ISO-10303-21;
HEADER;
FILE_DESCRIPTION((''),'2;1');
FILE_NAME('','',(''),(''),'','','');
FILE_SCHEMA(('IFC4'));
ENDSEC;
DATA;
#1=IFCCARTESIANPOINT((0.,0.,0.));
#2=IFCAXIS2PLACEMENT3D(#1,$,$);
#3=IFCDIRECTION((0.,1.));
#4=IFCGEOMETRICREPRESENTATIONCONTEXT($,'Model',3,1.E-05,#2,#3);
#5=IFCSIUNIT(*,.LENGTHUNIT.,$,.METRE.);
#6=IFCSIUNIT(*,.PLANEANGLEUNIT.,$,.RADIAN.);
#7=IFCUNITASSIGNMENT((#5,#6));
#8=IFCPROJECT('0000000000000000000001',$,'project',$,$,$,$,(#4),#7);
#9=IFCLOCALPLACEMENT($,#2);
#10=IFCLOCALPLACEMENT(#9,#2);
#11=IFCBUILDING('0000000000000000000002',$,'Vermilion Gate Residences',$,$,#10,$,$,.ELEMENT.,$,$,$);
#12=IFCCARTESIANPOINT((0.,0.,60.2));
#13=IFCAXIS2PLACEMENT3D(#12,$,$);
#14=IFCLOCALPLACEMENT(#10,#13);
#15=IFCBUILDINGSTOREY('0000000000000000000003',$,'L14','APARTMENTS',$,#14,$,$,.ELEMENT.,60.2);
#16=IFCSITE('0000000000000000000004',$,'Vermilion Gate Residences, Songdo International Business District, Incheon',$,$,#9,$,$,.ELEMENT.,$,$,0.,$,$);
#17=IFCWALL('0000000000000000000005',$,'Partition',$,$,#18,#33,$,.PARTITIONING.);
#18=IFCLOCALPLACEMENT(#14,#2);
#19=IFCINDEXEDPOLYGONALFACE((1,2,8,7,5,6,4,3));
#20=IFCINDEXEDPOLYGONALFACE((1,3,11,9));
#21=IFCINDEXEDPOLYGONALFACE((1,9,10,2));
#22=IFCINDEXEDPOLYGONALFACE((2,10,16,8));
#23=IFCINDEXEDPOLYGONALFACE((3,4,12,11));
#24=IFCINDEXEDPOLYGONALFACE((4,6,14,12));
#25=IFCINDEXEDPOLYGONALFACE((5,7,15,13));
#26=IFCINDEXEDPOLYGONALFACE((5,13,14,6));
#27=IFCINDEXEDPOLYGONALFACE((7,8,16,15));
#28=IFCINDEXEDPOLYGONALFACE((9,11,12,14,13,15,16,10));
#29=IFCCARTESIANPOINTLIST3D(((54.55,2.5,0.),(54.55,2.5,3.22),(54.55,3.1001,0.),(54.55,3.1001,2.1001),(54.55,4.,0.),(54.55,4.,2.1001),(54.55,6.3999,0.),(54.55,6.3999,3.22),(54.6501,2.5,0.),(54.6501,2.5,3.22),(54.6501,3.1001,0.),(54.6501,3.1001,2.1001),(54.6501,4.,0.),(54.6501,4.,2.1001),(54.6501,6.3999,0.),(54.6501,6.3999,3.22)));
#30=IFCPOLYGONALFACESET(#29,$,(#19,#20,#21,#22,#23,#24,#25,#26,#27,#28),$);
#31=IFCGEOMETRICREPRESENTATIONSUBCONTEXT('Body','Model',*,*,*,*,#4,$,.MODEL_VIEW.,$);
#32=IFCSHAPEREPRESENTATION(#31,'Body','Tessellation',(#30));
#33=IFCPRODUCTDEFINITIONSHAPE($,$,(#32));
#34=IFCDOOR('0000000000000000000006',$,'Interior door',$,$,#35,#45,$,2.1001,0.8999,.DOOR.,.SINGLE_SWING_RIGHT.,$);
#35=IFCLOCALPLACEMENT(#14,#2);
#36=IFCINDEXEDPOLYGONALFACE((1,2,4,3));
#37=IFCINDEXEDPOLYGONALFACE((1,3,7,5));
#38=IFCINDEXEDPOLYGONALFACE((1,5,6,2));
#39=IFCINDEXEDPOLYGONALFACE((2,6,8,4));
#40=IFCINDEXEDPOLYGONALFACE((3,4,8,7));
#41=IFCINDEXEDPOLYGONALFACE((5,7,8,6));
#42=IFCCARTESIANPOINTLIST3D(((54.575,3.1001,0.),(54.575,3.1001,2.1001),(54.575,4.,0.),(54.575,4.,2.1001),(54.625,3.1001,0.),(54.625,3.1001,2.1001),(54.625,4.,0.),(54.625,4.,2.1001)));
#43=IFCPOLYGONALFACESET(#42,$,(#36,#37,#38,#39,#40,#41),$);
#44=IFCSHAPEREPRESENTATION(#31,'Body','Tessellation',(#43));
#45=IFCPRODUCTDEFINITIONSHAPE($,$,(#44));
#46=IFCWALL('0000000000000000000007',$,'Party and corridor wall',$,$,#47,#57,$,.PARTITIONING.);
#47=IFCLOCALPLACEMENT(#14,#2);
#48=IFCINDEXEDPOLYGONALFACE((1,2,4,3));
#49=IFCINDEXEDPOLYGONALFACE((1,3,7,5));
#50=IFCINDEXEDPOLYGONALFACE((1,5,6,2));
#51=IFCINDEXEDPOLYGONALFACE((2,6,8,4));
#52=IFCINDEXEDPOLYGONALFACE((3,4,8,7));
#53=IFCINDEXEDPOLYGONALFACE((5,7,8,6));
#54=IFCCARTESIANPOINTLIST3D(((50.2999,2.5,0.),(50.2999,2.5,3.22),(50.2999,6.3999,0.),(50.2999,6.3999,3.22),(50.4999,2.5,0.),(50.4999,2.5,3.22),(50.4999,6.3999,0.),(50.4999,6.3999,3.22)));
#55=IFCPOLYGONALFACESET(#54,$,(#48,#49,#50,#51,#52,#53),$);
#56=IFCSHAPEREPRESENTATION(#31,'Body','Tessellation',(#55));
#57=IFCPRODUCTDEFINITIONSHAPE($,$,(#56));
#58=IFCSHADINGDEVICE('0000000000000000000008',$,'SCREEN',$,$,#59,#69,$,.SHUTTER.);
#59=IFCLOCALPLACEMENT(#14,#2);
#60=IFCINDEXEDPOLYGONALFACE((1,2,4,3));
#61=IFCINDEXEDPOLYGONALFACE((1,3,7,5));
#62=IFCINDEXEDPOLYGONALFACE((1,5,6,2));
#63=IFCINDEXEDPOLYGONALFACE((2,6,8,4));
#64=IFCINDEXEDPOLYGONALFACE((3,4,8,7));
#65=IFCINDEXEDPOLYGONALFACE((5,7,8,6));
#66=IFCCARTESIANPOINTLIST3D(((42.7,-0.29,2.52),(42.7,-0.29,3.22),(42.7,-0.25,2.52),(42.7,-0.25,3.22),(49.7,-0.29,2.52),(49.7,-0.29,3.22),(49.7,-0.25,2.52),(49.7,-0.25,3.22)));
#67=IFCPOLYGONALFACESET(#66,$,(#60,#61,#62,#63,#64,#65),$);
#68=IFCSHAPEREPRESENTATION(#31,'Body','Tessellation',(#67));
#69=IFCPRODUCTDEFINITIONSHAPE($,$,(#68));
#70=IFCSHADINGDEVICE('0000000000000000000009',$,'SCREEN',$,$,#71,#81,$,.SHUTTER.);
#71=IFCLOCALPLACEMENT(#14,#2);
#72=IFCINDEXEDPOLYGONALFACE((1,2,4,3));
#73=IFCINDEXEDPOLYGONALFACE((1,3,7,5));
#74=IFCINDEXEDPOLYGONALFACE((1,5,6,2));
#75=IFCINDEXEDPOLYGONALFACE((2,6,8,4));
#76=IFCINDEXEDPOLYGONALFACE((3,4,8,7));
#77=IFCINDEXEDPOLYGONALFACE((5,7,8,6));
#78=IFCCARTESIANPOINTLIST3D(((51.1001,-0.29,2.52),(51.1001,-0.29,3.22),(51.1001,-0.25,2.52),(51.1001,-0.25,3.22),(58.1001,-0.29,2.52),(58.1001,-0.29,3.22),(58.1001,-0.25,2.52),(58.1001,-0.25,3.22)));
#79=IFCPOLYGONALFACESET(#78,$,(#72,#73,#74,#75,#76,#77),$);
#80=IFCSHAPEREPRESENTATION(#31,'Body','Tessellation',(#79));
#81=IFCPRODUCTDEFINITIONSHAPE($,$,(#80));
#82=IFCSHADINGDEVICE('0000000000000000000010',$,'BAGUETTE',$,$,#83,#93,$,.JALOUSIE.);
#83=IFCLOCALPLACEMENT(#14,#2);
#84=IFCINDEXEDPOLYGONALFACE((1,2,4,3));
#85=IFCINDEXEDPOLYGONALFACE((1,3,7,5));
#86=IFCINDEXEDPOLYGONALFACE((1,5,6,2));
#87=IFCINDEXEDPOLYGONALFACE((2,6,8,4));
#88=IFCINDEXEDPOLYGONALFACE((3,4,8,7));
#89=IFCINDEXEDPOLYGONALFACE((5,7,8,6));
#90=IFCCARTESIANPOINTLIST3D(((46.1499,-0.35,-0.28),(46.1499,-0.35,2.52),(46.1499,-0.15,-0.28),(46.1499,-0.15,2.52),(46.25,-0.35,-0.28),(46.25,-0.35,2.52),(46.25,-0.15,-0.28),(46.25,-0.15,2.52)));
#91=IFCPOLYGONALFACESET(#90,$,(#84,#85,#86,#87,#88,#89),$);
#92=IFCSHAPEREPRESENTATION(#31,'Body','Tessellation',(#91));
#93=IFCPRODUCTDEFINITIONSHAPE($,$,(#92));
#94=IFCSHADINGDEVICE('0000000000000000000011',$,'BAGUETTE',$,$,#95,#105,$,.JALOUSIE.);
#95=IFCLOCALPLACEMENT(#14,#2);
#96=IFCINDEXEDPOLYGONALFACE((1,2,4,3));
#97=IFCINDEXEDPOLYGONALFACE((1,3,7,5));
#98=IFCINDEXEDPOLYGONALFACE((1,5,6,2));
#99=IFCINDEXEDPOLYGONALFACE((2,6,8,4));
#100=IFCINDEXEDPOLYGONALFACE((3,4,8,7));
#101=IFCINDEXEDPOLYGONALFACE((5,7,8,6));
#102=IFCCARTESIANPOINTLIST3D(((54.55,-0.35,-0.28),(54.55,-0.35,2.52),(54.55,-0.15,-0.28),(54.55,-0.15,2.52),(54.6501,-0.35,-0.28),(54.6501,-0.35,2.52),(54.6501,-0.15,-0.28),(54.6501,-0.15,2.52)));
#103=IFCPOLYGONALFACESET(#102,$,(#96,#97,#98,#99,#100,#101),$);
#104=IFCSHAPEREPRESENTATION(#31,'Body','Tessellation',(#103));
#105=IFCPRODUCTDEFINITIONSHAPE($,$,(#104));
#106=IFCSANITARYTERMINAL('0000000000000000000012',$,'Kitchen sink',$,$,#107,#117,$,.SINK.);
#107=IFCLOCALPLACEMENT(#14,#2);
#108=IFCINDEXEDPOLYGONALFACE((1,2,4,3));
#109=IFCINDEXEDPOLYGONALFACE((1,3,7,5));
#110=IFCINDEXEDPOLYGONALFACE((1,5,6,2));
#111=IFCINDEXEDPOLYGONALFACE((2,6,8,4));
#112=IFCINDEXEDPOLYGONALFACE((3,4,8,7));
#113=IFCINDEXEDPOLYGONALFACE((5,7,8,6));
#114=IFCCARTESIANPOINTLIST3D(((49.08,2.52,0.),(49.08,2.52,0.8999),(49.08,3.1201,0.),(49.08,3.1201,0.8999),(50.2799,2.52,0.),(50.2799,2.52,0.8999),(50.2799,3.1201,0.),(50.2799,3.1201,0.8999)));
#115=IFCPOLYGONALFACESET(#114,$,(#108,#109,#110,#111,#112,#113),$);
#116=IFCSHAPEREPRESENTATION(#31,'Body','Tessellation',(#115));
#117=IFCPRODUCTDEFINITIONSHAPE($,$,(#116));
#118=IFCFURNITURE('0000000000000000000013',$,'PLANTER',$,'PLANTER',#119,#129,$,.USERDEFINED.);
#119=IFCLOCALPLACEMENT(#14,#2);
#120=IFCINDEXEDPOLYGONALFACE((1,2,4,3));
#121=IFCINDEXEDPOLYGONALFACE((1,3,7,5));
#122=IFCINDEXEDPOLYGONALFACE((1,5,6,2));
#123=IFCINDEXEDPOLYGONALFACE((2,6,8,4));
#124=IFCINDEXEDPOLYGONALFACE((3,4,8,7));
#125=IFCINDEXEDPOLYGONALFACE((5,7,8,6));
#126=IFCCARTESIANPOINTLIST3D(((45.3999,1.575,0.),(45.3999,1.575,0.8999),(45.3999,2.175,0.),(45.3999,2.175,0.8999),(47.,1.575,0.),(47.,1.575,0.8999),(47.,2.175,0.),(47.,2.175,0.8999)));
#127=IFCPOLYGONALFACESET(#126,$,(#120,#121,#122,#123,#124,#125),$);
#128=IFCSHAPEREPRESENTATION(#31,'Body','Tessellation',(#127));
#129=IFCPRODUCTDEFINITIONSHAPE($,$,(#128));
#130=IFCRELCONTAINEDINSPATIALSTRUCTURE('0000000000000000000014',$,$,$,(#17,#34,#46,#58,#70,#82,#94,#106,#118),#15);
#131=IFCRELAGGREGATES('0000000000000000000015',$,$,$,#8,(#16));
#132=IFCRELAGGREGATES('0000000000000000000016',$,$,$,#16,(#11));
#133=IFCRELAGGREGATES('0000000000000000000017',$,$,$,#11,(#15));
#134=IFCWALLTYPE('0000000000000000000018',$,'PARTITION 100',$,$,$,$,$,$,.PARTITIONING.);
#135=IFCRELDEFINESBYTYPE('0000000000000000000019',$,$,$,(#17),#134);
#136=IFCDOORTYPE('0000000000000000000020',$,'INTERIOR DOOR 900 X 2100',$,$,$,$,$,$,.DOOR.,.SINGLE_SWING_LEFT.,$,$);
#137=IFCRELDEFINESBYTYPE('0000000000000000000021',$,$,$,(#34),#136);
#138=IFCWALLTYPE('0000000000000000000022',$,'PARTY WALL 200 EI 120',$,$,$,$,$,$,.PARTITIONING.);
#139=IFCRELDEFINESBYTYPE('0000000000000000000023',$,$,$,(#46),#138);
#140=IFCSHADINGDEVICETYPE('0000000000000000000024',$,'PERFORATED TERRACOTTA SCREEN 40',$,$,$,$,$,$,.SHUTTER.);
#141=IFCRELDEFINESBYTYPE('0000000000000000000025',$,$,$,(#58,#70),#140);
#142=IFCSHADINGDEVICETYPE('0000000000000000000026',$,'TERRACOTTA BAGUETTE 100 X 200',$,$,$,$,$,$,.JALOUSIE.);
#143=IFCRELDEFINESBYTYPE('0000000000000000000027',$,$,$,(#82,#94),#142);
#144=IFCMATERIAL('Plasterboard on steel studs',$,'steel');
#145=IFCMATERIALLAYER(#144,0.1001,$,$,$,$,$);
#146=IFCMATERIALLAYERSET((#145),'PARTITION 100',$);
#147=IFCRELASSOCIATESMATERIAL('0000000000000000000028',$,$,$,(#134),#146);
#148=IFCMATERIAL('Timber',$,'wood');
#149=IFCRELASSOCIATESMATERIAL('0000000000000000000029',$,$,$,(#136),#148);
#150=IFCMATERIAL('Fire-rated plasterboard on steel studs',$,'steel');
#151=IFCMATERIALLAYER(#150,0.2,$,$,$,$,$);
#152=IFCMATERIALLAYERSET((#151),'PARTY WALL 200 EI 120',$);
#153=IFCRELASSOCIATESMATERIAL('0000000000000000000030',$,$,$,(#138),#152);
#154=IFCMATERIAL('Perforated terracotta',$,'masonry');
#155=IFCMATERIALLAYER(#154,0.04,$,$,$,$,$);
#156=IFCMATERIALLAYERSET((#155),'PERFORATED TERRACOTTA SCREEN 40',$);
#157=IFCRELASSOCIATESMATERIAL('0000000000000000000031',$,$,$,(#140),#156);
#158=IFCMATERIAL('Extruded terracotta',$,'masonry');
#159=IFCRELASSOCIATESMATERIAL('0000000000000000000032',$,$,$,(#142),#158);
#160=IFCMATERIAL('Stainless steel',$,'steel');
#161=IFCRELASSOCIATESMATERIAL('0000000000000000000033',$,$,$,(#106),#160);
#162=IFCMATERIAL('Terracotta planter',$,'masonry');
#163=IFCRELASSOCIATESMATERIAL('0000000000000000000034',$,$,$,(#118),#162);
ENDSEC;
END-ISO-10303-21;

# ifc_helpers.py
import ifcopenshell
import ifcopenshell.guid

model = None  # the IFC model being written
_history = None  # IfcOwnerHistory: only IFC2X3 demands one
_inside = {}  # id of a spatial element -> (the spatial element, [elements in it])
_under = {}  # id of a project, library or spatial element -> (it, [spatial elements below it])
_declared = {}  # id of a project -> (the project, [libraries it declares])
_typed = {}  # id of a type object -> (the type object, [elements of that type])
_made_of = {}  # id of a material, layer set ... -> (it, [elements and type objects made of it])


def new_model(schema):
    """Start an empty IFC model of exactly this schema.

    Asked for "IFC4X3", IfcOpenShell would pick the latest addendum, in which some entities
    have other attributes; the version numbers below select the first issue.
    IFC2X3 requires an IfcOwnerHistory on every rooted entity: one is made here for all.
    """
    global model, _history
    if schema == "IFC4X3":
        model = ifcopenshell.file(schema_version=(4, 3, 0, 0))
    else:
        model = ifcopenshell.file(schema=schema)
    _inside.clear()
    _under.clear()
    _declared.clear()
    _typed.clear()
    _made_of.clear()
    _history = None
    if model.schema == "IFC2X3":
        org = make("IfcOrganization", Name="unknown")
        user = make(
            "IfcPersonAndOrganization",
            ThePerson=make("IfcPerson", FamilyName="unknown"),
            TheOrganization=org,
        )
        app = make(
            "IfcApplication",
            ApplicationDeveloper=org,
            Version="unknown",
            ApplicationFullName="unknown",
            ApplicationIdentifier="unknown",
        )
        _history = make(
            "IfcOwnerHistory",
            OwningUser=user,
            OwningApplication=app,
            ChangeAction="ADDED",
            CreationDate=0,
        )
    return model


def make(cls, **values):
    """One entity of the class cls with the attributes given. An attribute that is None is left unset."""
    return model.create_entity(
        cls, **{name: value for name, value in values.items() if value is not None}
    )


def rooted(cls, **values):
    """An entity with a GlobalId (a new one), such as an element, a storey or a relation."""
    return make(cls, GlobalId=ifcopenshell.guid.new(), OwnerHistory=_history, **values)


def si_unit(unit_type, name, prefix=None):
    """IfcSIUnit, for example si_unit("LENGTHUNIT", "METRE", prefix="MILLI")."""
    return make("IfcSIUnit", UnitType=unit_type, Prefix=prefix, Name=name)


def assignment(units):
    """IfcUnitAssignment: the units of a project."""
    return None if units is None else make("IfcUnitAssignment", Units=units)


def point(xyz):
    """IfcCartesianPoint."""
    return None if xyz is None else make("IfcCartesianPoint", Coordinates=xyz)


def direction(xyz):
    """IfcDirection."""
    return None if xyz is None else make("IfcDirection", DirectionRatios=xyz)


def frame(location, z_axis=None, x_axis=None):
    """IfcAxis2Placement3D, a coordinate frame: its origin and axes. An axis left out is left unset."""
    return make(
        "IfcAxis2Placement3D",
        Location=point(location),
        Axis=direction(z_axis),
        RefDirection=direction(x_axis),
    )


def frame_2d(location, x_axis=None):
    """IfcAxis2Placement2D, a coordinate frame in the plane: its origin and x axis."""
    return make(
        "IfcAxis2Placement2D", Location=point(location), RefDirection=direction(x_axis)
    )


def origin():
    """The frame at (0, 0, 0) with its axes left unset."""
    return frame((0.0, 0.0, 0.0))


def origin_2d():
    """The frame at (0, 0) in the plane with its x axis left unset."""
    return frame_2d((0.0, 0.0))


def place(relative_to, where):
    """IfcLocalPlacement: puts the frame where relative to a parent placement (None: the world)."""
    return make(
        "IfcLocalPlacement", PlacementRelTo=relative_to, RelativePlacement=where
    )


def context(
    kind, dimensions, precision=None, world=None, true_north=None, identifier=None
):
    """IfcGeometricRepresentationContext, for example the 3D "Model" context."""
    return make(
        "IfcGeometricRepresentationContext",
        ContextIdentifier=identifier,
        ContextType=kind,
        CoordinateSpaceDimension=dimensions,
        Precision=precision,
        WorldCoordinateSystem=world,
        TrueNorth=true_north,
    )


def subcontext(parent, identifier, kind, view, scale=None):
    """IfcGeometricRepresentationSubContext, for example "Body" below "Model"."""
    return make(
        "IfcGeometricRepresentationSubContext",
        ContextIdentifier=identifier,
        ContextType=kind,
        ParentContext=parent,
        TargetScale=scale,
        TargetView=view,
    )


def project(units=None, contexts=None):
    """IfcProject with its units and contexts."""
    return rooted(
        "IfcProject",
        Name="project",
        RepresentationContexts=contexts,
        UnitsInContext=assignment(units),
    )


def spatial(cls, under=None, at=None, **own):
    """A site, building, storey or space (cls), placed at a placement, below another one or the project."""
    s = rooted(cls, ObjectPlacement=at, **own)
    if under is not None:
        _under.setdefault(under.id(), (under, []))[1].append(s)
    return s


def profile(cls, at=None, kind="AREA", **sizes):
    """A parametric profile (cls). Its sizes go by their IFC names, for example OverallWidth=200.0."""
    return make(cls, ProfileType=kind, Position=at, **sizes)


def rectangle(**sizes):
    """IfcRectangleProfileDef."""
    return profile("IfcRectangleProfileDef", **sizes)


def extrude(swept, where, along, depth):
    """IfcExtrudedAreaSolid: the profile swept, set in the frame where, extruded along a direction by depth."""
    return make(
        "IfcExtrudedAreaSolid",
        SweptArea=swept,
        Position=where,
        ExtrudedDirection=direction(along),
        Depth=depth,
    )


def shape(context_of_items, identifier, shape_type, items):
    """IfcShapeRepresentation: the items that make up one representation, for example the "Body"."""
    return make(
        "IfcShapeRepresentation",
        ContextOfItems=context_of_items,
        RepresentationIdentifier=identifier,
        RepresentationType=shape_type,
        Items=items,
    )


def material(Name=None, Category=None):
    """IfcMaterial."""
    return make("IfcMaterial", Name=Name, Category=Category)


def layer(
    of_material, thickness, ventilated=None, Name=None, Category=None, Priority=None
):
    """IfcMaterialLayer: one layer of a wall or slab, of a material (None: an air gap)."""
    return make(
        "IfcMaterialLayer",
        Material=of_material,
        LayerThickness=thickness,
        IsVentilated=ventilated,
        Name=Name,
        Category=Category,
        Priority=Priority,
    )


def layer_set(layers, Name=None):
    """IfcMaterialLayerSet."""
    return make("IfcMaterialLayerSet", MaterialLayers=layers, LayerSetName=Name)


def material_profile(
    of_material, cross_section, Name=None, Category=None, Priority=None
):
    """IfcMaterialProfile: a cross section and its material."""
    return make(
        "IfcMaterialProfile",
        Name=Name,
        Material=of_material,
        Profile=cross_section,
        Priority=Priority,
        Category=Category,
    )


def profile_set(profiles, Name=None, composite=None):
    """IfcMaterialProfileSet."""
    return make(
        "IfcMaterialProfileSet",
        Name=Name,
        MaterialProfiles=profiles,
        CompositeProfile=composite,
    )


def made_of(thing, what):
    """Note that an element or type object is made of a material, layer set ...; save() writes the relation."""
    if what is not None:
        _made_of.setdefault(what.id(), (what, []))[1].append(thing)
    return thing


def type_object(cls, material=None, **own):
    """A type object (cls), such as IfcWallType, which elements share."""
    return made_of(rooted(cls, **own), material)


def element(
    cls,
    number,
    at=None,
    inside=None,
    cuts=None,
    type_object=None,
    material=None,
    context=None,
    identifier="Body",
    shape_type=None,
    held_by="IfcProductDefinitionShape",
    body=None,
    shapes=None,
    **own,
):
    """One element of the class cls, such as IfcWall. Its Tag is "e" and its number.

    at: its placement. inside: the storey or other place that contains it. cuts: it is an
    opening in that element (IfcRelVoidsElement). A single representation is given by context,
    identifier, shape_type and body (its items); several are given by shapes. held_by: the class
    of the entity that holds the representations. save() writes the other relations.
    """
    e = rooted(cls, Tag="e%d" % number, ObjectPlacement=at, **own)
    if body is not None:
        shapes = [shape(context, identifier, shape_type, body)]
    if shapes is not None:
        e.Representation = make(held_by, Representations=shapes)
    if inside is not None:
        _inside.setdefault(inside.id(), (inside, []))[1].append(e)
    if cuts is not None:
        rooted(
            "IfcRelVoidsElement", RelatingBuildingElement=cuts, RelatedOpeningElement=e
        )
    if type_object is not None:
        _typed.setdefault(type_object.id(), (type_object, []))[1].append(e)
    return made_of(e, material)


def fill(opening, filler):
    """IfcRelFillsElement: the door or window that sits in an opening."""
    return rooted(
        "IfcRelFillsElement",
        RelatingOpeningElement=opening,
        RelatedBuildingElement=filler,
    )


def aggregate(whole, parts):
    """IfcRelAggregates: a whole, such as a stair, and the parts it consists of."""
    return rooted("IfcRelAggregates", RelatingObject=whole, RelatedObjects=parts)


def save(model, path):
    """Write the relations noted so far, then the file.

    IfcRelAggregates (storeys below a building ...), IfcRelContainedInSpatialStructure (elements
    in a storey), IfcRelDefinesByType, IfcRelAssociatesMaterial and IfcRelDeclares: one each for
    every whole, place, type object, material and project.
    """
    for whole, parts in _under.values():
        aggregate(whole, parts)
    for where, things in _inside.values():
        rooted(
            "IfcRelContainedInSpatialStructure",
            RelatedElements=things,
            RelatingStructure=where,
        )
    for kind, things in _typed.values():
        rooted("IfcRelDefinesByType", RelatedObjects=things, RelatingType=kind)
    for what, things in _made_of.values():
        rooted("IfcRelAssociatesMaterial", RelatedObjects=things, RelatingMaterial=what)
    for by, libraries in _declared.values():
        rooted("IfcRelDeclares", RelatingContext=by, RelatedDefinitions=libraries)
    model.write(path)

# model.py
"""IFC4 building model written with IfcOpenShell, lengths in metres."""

from ifc_helpers import new_model, si_unit, direction, frame, frame_2d, origin, origin_2d, place, context, subcontext, project, spatial, rectangle, extrude, material, layer, layer_set, material_profile, profile_set, type_object, element, fill, save


model = new_model("IFC4")

# Units and contexts
model_context = context("Model", 3, precision=1e-05, world=origin(), true_north=direction((0.0, 1.0)))
body_context = subcontext(model_context, "Body", "Model", "MODEL_VIEW")
ifc_project = project(units=[si_unit("LENGTHUNIT", "METRE"), si_unit("PLANEANGLEUNIT", "RADIAN")], contexts=[model_context])

# Site, building, storey
site_placement = place(None, origin())
site = spatial("IfcSite", under=ifc_project, at=site_placement, Name="Vermilion Gate Residences, Songdo International Business District, Incheon", CompositionType="ELEMENT", RefElevation=0.0)
building_placement = place(site_placement, origin())
building = spatial("IfcBuilding", under=site, at=building_placement, Name="Vermilion Gate Residences", CompositionType="ELEMENT")
storey_placement = place(building_placement, frame((0.0, 0.0, 60.2)))
storey = spatial("IfcBuildingStorey", under=building, at=storey_placement, Name="L14", Description="APARTMENTS", CompositionType="ELEMENT", Elevation=60.2)

# Shared definitions
ifc_material_1 = material(Name="Plasterboard on steel studs", Category="steel")
ifc_layer_1 = layer(ifc_material_1, 0.1001)
ifc_layer_set_1 = layer_set([ifc_layer_1], Name="PARTITION 100")
wall_type_1 = type_object("IfcWallType", Name="PARTITION 100", PredefinedType="PARTITIONING", material=ifc_layer_set_1)
ifc_material_2 = material(Name="Timber", Category="wood")
door_type = type_object("IfcDoorType", Name="INTERIOR DOOR 900 X 2100", OperationType="SINGLE_SWING_LEFT", PredefinedType="DOOR", material=ifc_material_2)

# Wall, opening, door
wall_1_placement = place(storey_placement, frame((54.6001, 2.5, 0.0), z_axis=(0.0, 0.0, 1.0), x_axis=(0.0, 1.0, 0.0)))
wall_1 = element("IfcWall", 1, at=wall_1_placement, inside=storey, type_object=wall_type_1, Name="Partition", PredefinedType="PARTITIONING", context=body_context, shape_type="SweptSolid", body=[
    extrude(rectangle(XDim=3.8999, YDim=0.1001, at=frame_2d((1.95, 0.0))), origin(), (0.0, 0.0, 1.0), 3.22),
])
opening_1_placement = place(wall_1_placement, frame((0.6001, 0.0, 0.0)))
opening_1 = element("IfcOpeningElement", 2, at=opening_1_placement, cuts=wall_1, PredefinedType="OPENING", context=body_context, shape_type="SweptSolid", body=[
    extrude(rectangle(XDim=0.8999, YDim=2.1001, at=frame_2d((0.45, 1.05))), frame((0.0, 0.0601, 0.0), z_axis=(0.0, -1.0, 0.0), x_axis=(1.0, 0.0, 0.0)), (0.0, 0.0, 1.0), 0.1201),
])
door_1_placement = place(opening_1_placement, frame((0.8999, 0.0, 0.0), z_axis=(0.0, 0.0, 1.0), x_axis=(-1.0, 0.0, 0.0)))
door_1 = element("IfcDoor", 3, at=door_1_placement, inside=storey, type_object=door_type, Name="Interior door", OperationType="SINGLE_SWING_RIGHT", OverallHeight=2.1001, OverallWidth=0.8999, PredefinedType="DOOR", context=body_context, shape_type="SweptSolid", body=[
    extrude(rectangle(XDim=0.8999, YDim=2.1001, at=frame_2d((0.45, 1.05))), frame((0.0, 0.0249, 0.0), z_axis=(0.0, -1.0, 0.0), x_axis=(1.0, 0.0, 0.0)), (0.0, 0.0, 1.0), 0.05),
])
fill(opening_1, door_1)

# Wall
ifc_material_3 = material(Name="Fire-rated plasterboard on steel studs", Category="steel")
ifc_layer_2 = layer(ifc_material_3, 0.2)
ifc_layer_set_2 = layer_set([ifc_layer_2], Name="PARTY WALL 200 EI 120")
wall_type_2 = type_object("IfcWallType", Name="PARTY WALL 200 EI 120", PredefinedType="PARTITIONING", material=ifc_layer_set_2)
wall_2_placement = place(storey_placement, frame((50.3999, 2.5, 0.0), z_axis=(0.0, 0.0, 1.0), x_axis=(0.0, 1.0, 0.0)))
element("IfcWall", 4, at=wall_2_placement, inside=storey, type_object=wall_type_2, Name="Party and corridor wall", PredefinedType="PARTITIONING", context=body_context, shape_type="SweptSolid", body=[
    extrude(rectangle(XDim=3.8999, YDim=0.2, at=frame_2d((1.95, 0.0))), origin(), (0.0, 0.0, 1.0), 3.22),
])

# Shading devices
ifc_material_4 = material(Name="Perforated terracotta", Category="masonry")
ifc_layer_3 = layer(ifc_material_4, 0.04)
ifc_layer_set_3 = layer_set([ifc_layer_3], Name="PERFORATED TERRACOTTA SCREEN 40")
shading_device_type_1 = type_object("IfcShadingDeviceType", Name="PERFORATED TERRACOTTA SCREEN 40", PredefinedType="SHUTTER", material=ifc_layer_set_3)
for number, where, z_axis, x_axis, name in (
    (5, (46.2, -0.27, 2.52), (0.0, 0.0, 1.0), (1.0, 0.0, 0.0), "SCREEN"),
    (6, (54.6001, -0.27, 2.52), (0.0, 0.0, 1.0), (1.0, 0.0, 0.0), "SCREEN"),
):
    element("IfcShadingDevice", number, at=place(storey_placement, frame(where, z_axis=z_axis, x_axis=x_axis)), inside=storey, type_object=shading_device_type_1, Name=name, PredefinedType="SHUTTER", context=body_context, shape_type="SweptSolid", body=[
        extrude(rectangle(XDim=7.0, YDim=0.04, at=origin_2d()), origin(), (0.0, 0.0, 1.0), 0.7),
    ])
ifc_material_5 = material(Name="Extruded terracotta", Category="masonry")
ifc_material_profile_1 = material_profile(ifc_material_5, rectangle(XDim=0.2, YDim=0.1001, at=origin_2d()), Name="BAGUETTE 100 X 200")
ifc_profile_set_1 = profile_set([ifc_material_profile_1], Name="Extruded terracotta")
shading_device_type_2 = type_object("IfcShadingDeviceType", Name="TERRACOTTA BAGUETTE 100 X 200", PredefinedType="JALOUSIE", material=ifc_profile_set_1)
for number, where, z_axis, x_axis, name in (
    (7, (46.2, -0.25, -0.28), (0.0, 0.0, 1.0), (0.0, 1.0, 0.0), "BAGUETTE"),
    (8, (54.6001, -0.25, -0.28), (0.0, 0.0, 1.0), (0.0, 1.0, 0.0), "BAGUETTE"),
):
    element("IfcShadingDevice", number, at=place(storey_placement, frame(where, z_axis=z_axis, x_axis=x_axis)), inside=storey, type_object=shading_device_type_2, Name=name, PredefinedType="JALOUSIE", context=body_context, shape_type="SweptSolid", body=[
        extrude(rectangle(XDim=0.2, YDim=0.1001, at=origin_2d()), origin(), (0.0, 0.0, 1.0), 2.8),
    ])

# Sanitary terminal
ifc_material_6 = material(Name="Stainless steel", Category="steel")
sanitary_terminal_placement = place(storey_placement, frame((49.6799, 2.8201, 0.0), z_axis=(0.0, 0.0, 1.0), x_axis=(1.0, 0.0, 0.0)))
element("IfcSanitaryTerminal", 9, at=sanitary_terminal_placement, inside=storey, material=ifc_material_6, Name="Kitchen sink", PredefinedType="SINK", context=body_context, shape_type="SweptSolid", body=[
    extrude(rectangle(XDim=1.2, YDim=0.6001, at=origin_2d()), origin(), (0.0, 0.0, 1.0), 0.8999),
])

# Furniture
ifc_material_7 = material(Name="Terracotta planter", Category="masonry")
furniture_placement = place(storey_placement, frame((46.2, 1.875, 0.0), z_axis=(0.0, 0.0, 1.0), x_axis=(1.0, 0.0, 0.0)))
element("IfcFurniture", 10, at=furniture_placement, inside=storey, material=ifc_material_7, Name="PLANTER", ObjectType="PLANTER", PredefinedType="USERDEFINED", context=body_context, shape_type="SweptSolid", body=[
    extrude(rectangle(XDim=1.6001, YDim=0.6001, at=origin_2d()), origin(), (0.0, 0.0, 1.0), 0.8999),
])

save(model, "model.ifc")
